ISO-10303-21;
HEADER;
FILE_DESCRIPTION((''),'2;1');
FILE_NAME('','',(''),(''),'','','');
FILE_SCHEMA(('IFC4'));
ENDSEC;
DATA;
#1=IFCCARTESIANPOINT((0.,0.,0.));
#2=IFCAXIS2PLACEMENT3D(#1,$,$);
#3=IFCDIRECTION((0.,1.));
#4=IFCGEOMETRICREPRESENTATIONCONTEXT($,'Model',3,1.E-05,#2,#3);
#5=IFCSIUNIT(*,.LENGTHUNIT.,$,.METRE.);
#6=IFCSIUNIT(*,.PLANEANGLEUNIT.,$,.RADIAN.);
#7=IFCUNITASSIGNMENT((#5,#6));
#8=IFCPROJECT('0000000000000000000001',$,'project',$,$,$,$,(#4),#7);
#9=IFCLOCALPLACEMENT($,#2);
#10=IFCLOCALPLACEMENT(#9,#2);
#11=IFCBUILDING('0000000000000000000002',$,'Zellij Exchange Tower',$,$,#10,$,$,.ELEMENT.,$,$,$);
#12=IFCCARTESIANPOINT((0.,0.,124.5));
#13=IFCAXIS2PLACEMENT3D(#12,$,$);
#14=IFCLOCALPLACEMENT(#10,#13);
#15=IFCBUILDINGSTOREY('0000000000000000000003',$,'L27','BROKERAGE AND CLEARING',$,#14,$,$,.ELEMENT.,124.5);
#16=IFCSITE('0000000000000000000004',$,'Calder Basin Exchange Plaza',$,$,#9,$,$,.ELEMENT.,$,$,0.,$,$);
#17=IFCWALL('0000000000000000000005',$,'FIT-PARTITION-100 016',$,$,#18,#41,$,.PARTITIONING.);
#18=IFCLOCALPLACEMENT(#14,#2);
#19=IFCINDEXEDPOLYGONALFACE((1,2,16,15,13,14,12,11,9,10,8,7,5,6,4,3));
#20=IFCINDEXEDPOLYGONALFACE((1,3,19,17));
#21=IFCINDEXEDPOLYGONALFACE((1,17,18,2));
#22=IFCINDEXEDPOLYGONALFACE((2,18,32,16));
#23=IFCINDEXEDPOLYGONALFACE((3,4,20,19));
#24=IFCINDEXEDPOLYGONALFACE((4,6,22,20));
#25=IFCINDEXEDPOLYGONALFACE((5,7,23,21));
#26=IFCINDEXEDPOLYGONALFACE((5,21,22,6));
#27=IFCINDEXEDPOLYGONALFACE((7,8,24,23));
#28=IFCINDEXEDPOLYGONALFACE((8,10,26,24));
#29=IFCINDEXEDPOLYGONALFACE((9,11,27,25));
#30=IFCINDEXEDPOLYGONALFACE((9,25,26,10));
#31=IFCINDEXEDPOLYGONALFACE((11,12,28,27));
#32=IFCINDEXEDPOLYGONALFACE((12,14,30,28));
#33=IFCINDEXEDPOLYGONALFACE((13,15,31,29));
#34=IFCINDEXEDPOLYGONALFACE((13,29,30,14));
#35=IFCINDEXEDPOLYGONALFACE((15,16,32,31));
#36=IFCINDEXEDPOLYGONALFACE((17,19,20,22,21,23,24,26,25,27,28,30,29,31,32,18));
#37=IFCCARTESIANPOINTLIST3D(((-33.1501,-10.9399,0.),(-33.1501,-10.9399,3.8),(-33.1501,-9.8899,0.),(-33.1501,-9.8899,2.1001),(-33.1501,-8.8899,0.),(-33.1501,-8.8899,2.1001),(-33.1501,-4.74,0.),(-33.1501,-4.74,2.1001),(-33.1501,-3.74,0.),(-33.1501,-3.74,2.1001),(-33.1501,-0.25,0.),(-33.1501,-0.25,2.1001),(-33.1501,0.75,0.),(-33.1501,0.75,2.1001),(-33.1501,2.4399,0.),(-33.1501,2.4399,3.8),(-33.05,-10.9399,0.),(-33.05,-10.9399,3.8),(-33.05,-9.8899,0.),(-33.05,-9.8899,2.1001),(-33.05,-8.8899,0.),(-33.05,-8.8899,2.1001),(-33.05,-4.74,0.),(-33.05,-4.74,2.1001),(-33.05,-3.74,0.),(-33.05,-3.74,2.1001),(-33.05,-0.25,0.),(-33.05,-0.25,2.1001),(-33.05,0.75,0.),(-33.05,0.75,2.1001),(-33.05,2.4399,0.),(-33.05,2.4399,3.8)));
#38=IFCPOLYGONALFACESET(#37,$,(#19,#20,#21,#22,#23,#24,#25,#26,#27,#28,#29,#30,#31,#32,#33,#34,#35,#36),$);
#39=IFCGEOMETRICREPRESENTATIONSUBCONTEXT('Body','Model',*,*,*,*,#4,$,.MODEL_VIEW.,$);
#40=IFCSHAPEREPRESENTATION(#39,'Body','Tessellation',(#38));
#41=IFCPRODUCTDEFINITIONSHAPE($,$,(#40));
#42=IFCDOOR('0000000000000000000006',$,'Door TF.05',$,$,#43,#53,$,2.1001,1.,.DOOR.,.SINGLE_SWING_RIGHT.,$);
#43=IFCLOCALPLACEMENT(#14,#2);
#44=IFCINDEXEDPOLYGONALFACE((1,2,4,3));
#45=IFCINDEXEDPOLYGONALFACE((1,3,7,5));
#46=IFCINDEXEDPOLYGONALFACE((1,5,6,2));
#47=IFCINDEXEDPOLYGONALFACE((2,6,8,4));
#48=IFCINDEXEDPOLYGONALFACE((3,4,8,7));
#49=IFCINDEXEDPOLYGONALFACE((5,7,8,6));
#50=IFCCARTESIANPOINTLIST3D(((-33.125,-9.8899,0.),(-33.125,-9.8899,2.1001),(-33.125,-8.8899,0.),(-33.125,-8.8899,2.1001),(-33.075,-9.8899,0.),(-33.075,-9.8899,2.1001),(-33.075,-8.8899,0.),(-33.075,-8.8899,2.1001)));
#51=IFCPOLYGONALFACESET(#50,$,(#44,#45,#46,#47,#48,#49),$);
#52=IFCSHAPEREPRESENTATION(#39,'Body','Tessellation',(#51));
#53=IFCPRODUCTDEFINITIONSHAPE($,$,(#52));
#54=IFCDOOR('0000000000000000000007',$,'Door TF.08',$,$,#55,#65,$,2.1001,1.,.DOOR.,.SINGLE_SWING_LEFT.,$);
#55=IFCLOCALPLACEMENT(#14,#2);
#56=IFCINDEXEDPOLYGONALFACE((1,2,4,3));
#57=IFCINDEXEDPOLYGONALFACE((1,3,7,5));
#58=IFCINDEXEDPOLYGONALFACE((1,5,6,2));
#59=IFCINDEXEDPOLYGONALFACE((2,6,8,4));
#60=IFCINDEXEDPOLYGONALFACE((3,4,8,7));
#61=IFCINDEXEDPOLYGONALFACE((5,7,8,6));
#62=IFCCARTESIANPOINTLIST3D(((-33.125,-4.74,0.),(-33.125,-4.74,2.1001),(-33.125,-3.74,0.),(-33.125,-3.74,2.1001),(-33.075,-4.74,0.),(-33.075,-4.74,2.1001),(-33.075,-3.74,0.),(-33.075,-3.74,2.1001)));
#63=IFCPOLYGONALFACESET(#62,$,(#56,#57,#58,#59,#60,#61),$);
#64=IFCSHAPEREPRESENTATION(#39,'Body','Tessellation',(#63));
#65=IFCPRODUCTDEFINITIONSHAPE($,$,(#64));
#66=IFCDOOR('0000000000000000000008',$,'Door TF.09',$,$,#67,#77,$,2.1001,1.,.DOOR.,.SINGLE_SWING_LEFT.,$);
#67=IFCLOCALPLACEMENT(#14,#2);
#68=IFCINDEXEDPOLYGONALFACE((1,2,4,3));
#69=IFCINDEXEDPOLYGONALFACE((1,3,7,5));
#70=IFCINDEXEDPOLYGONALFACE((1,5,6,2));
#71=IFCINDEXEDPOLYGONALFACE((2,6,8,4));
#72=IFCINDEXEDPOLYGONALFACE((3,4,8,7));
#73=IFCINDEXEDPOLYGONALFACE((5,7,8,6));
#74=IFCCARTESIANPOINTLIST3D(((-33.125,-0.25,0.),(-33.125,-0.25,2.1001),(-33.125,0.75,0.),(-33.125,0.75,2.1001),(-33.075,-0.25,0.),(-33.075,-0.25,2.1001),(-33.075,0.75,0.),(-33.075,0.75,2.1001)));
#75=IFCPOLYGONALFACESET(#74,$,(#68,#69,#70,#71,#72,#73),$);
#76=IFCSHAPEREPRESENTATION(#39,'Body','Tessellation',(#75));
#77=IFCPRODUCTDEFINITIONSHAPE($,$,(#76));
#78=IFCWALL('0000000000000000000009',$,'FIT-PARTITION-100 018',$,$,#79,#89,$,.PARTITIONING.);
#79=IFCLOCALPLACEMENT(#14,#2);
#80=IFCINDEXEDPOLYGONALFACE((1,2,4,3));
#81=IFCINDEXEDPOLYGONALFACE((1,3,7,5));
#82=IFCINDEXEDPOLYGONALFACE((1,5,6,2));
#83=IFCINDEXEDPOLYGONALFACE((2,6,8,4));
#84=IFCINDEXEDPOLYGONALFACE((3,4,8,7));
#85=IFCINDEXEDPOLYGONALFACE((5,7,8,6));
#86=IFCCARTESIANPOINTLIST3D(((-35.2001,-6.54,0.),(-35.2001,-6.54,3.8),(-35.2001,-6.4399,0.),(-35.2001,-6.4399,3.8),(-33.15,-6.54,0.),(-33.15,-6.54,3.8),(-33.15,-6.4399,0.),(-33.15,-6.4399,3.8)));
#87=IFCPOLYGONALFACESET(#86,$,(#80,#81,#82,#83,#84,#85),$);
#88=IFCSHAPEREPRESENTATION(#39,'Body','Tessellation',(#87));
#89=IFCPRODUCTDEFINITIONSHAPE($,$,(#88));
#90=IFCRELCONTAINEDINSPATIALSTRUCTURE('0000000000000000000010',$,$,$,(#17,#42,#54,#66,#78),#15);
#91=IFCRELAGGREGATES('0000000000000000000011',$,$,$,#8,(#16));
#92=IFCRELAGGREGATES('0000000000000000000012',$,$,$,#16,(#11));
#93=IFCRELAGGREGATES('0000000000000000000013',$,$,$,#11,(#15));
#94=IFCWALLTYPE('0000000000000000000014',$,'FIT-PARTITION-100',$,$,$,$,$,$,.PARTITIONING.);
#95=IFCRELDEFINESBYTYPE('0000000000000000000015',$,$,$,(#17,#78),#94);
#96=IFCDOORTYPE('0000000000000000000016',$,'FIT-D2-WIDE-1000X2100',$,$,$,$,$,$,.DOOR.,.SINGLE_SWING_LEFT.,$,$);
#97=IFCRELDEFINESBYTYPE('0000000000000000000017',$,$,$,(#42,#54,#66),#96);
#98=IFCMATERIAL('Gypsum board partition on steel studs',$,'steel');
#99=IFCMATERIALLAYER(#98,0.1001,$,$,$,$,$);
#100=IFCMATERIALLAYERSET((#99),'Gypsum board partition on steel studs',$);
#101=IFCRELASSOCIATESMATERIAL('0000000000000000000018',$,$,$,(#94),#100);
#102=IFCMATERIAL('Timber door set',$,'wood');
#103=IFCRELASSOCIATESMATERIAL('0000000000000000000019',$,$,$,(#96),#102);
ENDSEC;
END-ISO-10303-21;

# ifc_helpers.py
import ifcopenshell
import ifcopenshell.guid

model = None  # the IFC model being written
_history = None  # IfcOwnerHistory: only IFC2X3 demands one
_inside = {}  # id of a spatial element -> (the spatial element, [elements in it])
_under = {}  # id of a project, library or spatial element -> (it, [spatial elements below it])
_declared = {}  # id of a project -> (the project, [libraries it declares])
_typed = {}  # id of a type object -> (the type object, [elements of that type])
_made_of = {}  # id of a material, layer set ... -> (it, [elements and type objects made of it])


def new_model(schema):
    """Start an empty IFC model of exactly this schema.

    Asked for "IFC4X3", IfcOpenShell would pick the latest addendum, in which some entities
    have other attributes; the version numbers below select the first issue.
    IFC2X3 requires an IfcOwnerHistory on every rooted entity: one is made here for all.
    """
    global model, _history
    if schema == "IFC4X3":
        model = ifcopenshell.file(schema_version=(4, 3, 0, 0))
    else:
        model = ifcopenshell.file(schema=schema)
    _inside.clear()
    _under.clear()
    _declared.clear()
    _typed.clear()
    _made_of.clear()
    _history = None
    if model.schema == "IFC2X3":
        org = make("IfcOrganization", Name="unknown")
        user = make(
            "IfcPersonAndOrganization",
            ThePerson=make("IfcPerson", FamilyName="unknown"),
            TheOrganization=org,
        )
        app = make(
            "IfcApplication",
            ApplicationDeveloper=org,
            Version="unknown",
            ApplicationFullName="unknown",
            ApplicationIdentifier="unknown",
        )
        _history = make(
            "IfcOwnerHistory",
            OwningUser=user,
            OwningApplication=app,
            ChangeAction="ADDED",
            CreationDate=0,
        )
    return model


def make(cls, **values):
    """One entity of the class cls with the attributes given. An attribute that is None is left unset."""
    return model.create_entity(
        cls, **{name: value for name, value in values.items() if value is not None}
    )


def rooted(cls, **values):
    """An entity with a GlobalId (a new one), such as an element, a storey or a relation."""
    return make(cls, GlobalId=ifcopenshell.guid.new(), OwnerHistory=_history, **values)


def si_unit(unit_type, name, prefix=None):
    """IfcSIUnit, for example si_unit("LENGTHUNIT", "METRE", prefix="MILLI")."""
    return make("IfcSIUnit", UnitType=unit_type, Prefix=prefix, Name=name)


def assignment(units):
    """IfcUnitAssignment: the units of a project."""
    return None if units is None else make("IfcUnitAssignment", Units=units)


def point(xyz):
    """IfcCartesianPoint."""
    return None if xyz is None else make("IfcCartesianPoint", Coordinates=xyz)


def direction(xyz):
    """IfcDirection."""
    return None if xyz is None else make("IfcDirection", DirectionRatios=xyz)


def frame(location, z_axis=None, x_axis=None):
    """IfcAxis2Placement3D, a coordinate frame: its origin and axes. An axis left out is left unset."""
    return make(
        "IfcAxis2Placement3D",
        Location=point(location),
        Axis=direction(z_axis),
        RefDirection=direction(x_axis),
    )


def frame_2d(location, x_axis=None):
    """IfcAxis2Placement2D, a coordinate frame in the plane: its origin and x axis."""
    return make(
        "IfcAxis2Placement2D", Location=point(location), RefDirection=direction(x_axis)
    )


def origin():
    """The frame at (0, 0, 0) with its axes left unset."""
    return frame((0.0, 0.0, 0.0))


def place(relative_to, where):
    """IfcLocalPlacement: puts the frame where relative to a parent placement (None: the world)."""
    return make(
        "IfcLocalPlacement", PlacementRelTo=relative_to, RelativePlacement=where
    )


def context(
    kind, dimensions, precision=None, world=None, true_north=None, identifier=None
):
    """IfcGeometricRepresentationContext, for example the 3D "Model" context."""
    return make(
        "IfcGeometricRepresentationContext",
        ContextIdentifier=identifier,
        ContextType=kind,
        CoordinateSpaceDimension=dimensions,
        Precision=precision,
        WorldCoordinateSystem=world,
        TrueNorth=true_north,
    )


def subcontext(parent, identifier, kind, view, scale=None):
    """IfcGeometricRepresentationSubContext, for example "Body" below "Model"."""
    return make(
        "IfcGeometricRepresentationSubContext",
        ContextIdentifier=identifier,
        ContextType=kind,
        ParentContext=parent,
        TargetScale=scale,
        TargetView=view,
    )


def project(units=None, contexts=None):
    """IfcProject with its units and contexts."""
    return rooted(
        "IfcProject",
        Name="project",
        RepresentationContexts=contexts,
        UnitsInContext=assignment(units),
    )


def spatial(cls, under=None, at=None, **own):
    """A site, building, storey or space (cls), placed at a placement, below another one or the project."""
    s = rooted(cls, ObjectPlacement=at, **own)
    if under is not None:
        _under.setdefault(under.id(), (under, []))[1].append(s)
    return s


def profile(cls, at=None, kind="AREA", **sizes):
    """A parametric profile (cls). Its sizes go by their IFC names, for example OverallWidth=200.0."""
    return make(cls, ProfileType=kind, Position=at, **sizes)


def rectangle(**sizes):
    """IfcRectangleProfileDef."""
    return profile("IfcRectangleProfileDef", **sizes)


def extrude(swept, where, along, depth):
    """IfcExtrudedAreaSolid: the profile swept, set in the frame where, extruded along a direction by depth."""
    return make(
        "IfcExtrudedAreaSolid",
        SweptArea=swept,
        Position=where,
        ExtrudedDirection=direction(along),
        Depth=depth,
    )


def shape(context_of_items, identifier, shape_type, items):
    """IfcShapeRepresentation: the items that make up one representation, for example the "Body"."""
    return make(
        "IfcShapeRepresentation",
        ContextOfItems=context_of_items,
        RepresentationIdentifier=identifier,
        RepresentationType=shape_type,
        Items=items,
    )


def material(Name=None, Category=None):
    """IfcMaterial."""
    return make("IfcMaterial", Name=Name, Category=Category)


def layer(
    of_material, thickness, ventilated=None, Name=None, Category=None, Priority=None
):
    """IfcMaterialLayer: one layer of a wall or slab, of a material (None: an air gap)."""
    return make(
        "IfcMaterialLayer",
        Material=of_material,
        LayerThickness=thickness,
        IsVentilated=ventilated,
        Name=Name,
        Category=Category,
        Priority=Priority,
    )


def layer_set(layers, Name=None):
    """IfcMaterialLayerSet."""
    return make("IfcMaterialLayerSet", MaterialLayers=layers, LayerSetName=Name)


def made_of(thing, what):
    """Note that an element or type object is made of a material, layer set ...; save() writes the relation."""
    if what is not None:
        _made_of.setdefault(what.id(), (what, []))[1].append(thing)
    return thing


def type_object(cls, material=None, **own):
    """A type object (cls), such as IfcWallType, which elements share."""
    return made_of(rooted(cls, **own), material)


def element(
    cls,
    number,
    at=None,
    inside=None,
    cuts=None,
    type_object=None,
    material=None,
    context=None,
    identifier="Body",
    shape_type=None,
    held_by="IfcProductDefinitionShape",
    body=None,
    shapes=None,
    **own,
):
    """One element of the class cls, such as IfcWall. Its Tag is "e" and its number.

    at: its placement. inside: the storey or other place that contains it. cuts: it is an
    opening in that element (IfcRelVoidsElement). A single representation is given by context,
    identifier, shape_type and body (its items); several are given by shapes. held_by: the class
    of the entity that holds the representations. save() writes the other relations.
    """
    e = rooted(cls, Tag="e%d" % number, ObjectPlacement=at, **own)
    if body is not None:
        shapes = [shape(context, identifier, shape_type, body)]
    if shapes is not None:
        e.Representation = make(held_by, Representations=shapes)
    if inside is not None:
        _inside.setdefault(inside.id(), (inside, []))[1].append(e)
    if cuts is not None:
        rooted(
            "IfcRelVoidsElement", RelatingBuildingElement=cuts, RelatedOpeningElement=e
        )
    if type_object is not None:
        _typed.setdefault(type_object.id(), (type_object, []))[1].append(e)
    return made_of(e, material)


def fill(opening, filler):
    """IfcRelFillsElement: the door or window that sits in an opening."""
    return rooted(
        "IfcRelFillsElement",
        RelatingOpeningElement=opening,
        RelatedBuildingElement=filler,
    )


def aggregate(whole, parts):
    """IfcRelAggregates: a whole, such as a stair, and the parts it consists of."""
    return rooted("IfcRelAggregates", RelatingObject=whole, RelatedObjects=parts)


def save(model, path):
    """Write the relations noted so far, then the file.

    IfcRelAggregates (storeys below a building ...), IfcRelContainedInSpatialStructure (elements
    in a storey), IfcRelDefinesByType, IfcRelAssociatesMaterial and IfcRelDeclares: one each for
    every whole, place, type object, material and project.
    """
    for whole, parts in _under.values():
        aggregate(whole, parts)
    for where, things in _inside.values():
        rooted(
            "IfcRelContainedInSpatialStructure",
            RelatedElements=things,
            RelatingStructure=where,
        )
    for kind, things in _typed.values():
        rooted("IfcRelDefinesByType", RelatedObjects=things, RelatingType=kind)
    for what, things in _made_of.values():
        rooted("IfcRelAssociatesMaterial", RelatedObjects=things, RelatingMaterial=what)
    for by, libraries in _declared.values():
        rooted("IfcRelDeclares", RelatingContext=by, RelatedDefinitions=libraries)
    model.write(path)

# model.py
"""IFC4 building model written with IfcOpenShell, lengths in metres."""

from ifc_helpers import new_model, si_unit, direction, frame, frame_2d, origin, place, context, subcontext, project, spatial, rectangle, extrude, material, layer, layer_set, type_object, element, fill, save


model = new_model("IFC4")

# Units and contexts
model_context = context("Model", 3, precision=1e-05, world=origin(), true_north=direction((0.0, 1.0)))
body_context = subcontext(model_context, "Body", "Model", "MODEL_VIEW")
ifc_project = project(units=[si_unit("LENGTHUNIT", "METRE"), si_unit("PLANEANGLEUNIT", "RADIAN")], contexts=[model_context])

# Site, building, storey
site_placement = place(None, origin())
site = spatial("IfcSite", under=ifc_project, at=site_placement, Name="Calder Basin Exchange Plaza", CompositionType="ELEMENT", RefElevation=0.0)
building_placement = place(site_placement, origin())
building = spatial("IfcBuilding", under=site, at=building_placement, Name="Zellij Exchange Tower", CompositionType="ELEMENT")
storey_placement = place(building_placement, frame((0.0, 0.0, 124.5)))
storey = spatial("IfcBuildingStorey", under=building, at=storey_placement, Name="L27", Description="BROKERAGE AND CLEARING", CompositionType="ELEMENT", Elevation=124.5)

# Shared definitions
ifc_material_1 = material(Name="Gypsum board partition on steel studs", Category="steel")
ifc_layer = layer(ifc_material_1, 0.1001)
ifc_layer_set = layer_set([ifc_layer], Name="Gypsum board partition on steel studs")
wall_type = type_object("IfcWallType", Name="FIT-PARTITION-100", PredefinedType="PARTITIONING", material=ifc_layer_set)

# Wall, openings, doors
wall_1_placement = place(storey_placement, frame((-33.1001, -10.9399, 0.0), z_axis=(0.0, 0.0, 1.0), x_axis=(0.0, 1.0, 0.0)))
wall_1 = element("IfcWall", 1, at=wall_1_placement, inside=storey, type_object=wall_type, Name="FIT-PARTITION-100 016", PredefinedType="PARTITIONING", context=body_context, shape_type="SweptSolid", body=[
    extrude(rectangle(XDim=13.3799, YDim=0.1001, at=frame_2d((6.6899, 0.0))), origin(), (0.0, 0.0, 1.0), 3.8),
])
opening_1_placement = place(wall_1_placement, frame((1.05, 0.0, 0.0)))
opening_1 = element("IfcOpeningElement", 2, at=opening_1_placement, cuts=wall_1, PredefinedType="OPENING", context=body_context, shape_type="SweptSolid", body=[
    extrude(rectangle(XDim=1.0, YDim=2.1001, at=frame_2d((0.5, 1.05))), frame((0.0, 0.062, 0.0), z_axis=(0.0, -1.0, 0.0), x_axis=(1.0, 0.0, 0.0)), (0.0, 0.0, 1.0), 0.124),
])
opening_2_placement = place(wall_1_placement, frame((6.2, 0.0, 0.0)))
opening_2 = element("IfcOpeningElement", 3, at=opening_2_placement, cuts=wall_1, PredefinedType="OPENING", context=body_context, shape_type="SweptSolid", body=[
    extrude(rectangle(XDim=1.0, YDim=2.1001, at=frame_2d((0.5, 1.05))), frame((0.0, 0.062, 0.0), z_axis=(0.0, -1.0, 0.0), x_axis=(1.0, 0.0, 0.0)), (0.0, 0.0, 1.0), 0.124),
])
opening_3_placement = place(wall_1_placement, frame((10.6899, 0.0, 0.0)))
opening_3 = element("IfcOpeningElement", 4, at=opening_3_placement, cuts=wall_1, PredefinedType="OPENING", context=body_context, shape_type="SweptSolid", body=[
    extrude(rectangle(XDim=1.0, YDim=2.1001, at=frame_2d((0.5, 1.05))), frame((0.0, 0.062, 0.0), z_axis=(0.0, -1.0, 0.0), x_axis=(1.0, 0.0, 0.0)), (0.0, 0.0, 1.0), 0.124),
])
ifc_material_2 = material(Name="Timber door set", Category="wood")
door_type = type_object("IfcDoorType", Name="FIT-D2-WIDE-1000X2100", OperationType="SINGLE_SWING_LEFT", PredefinedType="DOOR", material=ifc_material_2)
door_1_placement = place(opening_1_placement, origin())
door_1 = element("IfcDoor", 5, at=door_1_placement, inside=storey, type_object=door_type, Name="Door TF.05", OperationType="SINGLE_SWING_RIGHT", OverallHeight=2.1001, OverallWidth=1.0, PredefinedType="DOOR", context=body_context, shape_type="SweptSolid", body=[
    extrude(rectangle(XDim=1.0, YDim=2.1001, at=frame_2d((0.5, 1.05))), frame((0.0, 0.0249, 0.0), z_axis=(0.0, -1.0, 0.0), x_axis=(1.0, 0.0, 0.0)), (0.0, 0.0, 1.0), 0.05),
])
fill(opening_1, door_1)
door_2_placement = place(opening_2_placement, origin())
door_2 = element("IfcDoor", 6, at=door_2_placement, inside=storey, type_object=door_type, Name="Door TF.08", OperationType="SINGLE_SWING_LEFT", OverallHeight=2.1001, OverallWidth=1.0, PredefinedType="DOOR", context=body_context, shape_type="SweptSolid", body=[
    extrude(rectangle(XDim=1.0, YDim=2.1001, at=frame_2d((0.5, 1.05))), frame((0.0, 0.0249, 0.0), z_axis=(0.0, -1.0, 0.0), x_axis=(1.0, 0.0, 0.0)), (0.0, 0.0, 1.0), 0.05),
])
fill(opening_2, door_2)
door_3_placement = place(opening_3_placement, origin())
door_3 = element("IfcDoor", 7, at=door_3_placement, inside=storey, type_object=door_type, Name="Door TF.09", OperationType="SINGLE_SWING_LEFT", OverallHeight=2.1001, OverallWidth=1.0, PredefinedType="DOOR", context=body_context, shape_type="SweptSolid", body=[
    extrude(rectangle(XDim=1.0, YDim=2.1001, at=frame_2d((0.5, 1.05))), frame((0.0, 0.0249, 0.0), z_axis=(0.0, -1.0, 0.0), x_axis=(1.0, 0.0, 0.0)), (0.0, 0.0, 1.0), 0.05),
])
fill(opening_3, door_3)

# Wall
wall_2_placement = place(storey_placement, frame((-35.2, -6.49, 0.0), z_axis=(0.0, 0.0, 1.0), x_axis=(1.0, 0.0, 0.0)))
element("IfcWall", 8, at=wall_2_placement, inside=storey, type_object=wall_type, Name="FIT-PARTITION-100 018", PredefinedType="PARTITIONING", context=body_context, shape_type="SweptSolid", body=[
    extrude(rectangle(XDim=2.05, YDim=0.1001, at=frame_2d((1.0249, 0.0))), origin(), (0.0, 0.0, 1.0), 3.8),
])

save(model, "model.ifc")
